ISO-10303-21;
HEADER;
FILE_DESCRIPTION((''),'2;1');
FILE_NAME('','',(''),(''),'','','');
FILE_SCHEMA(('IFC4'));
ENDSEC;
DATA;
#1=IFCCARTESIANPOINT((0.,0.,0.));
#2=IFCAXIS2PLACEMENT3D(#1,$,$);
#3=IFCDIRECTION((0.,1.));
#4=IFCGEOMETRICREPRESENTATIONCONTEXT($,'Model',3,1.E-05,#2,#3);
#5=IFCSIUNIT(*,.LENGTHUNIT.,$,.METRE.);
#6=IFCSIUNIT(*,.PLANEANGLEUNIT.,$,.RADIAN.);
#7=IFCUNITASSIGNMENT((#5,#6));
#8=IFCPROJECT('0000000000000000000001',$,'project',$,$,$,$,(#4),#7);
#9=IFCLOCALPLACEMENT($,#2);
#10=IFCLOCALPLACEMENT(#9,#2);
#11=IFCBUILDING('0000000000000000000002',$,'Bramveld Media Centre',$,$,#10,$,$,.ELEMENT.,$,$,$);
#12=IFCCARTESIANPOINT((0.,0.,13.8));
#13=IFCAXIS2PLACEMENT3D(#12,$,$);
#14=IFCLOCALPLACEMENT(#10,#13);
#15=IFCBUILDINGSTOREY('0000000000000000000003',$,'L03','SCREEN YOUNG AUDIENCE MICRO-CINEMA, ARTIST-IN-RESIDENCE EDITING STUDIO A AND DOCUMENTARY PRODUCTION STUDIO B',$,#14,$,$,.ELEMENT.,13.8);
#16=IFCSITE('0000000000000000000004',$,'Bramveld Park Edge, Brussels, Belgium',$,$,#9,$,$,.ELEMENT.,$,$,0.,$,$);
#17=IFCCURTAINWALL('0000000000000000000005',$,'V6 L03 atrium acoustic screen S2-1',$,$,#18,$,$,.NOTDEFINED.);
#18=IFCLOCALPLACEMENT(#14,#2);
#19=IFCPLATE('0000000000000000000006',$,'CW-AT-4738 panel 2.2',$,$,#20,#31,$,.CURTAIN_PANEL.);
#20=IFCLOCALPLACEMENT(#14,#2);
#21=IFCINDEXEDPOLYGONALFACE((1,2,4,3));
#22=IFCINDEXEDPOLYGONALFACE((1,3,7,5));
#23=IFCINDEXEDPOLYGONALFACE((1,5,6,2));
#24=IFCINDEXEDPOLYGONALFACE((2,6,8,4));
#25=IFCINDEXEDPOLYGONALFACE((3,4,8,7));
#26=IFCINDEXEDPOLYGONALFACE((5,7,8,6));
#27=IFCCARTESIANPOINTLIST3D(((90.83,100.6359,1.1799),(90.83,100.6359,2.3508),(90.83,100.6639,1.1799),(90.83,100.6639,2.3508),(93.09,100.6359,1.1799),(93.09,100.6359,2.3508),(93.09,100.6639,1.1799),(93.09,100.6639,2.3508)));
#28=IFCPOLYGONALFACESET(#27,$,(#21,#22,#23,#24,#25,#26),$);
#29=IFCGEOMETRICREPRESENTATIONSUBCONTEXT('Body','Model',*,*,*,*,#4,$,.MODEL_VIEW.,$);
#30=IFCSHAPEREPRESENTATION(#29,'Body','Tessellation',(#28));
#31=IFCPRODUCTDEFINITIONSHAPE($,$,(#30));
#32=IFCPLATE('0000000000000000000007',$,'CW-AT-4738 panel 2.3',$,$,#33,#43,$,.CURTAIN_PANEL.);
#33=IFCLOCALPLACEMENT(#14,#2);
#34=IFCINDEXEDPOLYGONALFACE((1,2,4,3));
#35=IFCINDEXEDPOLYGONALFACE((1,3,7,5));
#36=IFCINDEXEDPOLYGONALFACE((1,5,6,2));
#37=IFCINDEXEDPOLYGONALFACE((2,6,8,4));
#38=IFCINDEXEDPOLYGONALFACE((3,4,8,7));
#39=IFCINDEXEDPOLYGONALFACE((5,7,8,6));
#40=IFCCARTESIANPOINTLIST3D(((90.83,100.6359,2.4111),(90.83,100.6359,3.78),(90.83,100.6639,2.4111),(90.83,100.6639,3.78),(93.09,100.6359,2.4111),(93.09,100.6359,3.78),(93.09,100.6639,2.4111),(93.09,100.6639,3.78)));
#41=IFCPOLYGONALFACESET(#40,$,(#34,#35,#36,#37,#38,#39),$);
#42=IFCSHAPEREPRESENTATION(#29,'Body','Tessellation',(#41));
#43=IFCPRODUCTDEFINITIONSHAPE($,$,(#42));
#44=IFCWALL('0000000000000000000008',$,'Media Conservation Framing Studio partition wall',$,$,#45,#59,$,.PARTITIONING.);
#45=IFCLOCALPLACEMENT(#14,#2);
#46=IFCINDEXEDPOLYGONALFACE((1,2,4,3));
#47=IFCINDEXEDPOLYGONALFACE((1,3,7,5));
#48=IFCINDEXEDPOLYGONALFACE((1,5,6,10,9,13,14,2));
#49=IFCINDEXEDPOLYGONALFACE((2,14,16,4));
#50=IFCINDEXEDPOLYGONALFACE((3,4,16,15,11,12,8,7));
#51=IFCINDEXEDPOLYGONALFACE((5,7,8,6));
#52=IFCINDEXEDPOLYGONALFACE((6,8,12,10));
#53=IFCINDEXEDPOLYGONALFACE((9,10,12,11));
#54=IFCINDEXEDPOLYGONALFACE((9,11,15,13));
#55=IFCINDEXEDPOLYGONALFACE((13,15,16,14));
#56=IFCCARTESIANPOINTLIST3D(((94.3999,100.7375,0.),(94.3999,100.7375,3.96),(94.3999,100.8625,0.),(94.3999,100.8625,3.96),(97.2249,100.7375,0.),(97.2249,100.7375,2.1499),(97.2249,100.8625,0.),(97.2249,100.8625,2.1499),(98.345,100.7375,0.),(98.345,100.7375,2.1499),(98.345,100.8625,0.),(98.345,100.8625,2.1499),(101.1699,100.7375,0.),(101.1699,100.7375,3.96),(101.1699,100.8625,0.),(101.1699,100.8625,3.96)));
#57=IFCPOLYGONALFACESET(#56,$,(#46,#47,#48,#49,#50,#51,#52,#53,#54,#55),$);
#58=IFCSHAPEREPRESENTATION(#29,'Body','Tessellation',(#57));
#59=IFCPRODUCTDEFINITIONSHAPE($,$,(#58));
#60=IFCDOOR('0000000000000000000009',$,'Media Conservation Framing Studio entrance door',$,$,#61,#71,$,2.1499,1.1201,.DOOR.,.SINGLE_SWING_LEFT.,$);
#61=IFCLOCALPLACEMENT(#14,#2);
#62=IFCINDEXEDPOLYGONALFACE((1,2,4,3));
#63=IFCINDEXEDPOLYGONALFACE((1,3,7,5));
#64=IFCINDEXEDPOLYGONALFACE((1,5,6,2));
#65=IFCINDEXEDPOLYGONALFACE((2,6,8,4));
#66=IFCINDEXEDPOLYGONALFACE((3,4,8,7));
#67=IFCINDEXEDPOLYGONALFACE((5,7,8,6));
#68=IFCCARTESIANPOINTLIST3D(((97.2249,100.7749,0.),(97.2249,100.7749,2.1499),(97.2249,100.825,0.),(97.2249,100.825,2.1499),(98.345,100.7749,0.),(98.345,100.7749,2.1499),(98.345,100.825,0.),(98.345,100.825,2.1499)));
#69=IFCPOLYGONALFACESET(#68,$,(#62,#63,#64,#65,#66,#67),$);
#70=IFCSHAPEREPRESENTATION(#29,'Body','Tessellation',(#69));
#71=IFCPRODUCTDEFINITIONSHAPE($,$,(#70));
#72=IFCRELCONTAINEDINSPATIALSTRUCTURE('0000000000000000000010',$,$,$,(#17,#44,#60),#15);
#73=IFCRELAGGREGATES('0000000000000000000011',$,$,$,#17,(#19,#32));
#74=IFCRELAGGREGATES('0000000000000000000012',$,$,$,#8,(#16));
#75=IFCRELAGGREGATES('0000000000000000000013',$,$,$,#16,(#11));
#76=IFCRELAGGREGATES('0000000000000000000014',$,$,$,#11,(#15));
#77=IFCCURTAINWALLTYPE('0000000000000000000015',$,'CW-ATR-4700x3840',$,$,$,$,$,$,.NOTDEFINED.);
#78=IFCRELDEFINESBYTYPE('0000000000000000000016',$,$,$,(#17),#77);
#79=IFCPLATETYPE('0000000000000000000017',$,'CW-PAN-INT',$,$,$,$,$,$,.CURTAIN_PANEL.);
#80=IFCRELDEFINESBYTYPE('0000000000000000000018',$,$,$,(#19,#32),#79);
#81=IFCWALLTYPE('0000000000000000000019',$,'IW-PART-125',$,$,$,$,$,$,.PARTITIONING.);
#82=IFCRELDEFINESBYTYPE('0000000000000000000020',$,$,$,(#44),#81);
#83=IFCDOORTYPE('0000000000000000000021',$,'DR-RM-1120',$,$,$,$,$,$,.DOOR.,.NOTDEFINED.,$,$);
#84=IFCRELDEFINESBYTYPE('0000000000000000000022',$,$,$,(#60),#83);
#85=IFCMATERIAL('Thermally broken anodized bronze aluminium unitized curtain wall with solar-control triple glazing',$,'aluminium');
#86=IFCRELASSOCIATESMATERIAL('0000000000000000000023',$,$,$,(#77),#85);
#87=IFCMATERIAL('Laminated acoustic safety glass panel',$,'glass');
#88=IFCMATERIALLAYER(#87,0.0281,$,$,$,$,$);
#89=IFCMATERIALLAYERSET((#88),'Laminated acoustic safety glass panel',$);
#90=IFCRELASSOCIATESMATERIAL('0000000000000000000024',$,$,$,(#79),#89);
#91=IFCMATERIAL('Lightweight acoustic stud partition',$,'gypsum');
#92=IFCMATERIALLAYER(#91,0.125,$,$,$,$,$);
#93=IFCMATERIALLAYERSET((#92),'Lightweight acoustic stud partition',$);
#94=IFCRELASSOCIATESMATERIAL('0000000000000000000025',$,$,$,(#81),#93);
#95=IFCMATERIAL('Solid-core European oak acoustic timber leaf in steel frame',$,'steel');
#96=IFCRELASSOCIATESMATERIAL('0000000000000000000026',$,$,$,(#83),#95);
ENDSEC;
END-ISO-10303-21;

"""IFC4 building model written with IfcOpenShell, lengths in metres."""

from ifc_helpers import new_model, si_unit, direction, frame, frame_2d, origin, origin_2d, place, context, subcontext, project, spatial, rectangle, extrude, material, layer, layer_set, type_object, element, fill, aggregate, save


model = new_model("IFC4")

# Units and contexts
model_context = context("Model", 3, precision=1e-05, world=origin(), true_north=direction((0.0, 1.0)))
body_context = subcontext(model_context, "Body", "Model", "MODEL_VIEW")
ifc_project = project(units=[si_unit("LENGTHUNIT", "METRE"), si_unit("PLANEANGLEUNIT", "RADIAN")], contexts=[model_context])

# Site, building, storey
site_placement = place(None, origin())
site = spatial("IfcSite", under=ifc_project, at=site_placement, Name="Bramveld Park Edge, Brussels, Belgium", CompositionType="ELEMENT", RefElevation=0.0)
building_placement = place(site_placement, origin())
building = spatial("IfcBuilding", under=site, at=building_placement, Name="Bramveld Media Centre", CompositionType="ELEMENT")
storey_placement = place(building_placement, frame((0.0, 0.0, 13.8)))
storey = spatial("IfcBuildingStorey", under=building, at=storey_placement, Name="L03", Description="SCREEN YOUNG AUDIENCE MICRO-CINEMA, ARTIST-IN-RESIDENCE EDITING STUDIO A AND DOCUMENTARY PRODUCTION STUDIO B", CompositionType="ELEMENT", Elevation=13.8)

# Shared definitions
ifc_material_1 = material(Name="Thermally broken anodized bronze aluminium unitized curtain wall with solar-control triple glazing", Category="aluminium")
curtain_wall_type = type_object("IfcCurtainWallType", Name="CW-ATR-4700x3840", PredefinedType="NOTDEFINED", material=ifc_material_1)

# Curtain wall, plates
curtain_wall_1_placement = place(storey_placement, origin())
curtain_wall_1 = element("IfcCurtainWall", 1, at=curtain_wall_1_placement, inside=storey, type_object=curtain_wall_type, Name="V6 L03 atrium acoustic screen S2-1", PredefinedType="NOTDEFINED")
ifc_material_2 = material(Name="Laminated acoustic safety glass panel", Category="glass")
ifc_layer_1 = layer(ifc_material_2, 0.0281)
ifc_layer_set_1 = layer_set([ifc_layer_1], Name="Laminated acoustic safety glass panel")
plate_type = type_object("IfcPlateType", Name="CW-PAN-INT", PredefinedType="CURTAIN_PANEL", material=ifc_layer_set_1)
plate_1_placement = place(storey_placement, frame((91.96, 100.6499, 1.1799), z_axis=(0.0, 0.0, 1.0), x_axis=(1.0, 0.0, 0.0)))
plate_1 = element("IfcPlate", 2, at=plate_1_placement, type_object=plate_type, Name="CW-AT-4738 panel 2.2", PredefinedType="CURTAIN_PANEL", context=body_context, shape_type="SweptSolid", body=[
    extrude(rectangle(XDim=2.26, YDim=0.0281, at=origin_2d()), origin(), (0.0, 0.0, 1.0), 1.1709),
])
plate_2_placement = place(storey_placement, frame((91.96, 100.6499, 2.4111), z_axis=(0.0, 0.0, 1.0), x_axis=(1.0, 0.0, 0.0)))
plate_2 = element("IfcPlate", 3, at=plate_2_placement, type_object=plate_type, Name="CW-AT-4738 panel 2.3", PredefinedType="CURTAIN_PANEL", context=body_context, shape_type="SweptSolid", body=[
    extrude(rectangle(XDim=2.26, YDim=0.0281, at=origin_2d()), origin(), (0.0, 0.0, 1.0), 1.3689),
])
aggregate(curtain_wall_1, [plate_1, plate_2])

# Wall, opening, door
ifc_material_3 = material(Name="Lightweight acoustic stud partition", Category="gypsum")
ifc_layer_2 = layer(ifc_material_3, 0.125)
ifc_layer_set_2 = layer_set([ifc_layer_2], Name="Lightweight acoustic stud partition")
wall_type = type_object("IfcWallType", Name="IW-PART-125", PredefinedType="PARTITIONING", material=ifc_layer_set_2)
wall_placement = place(storey_placement, frame((94.3999, 100.8, 0.0), z_axis=(0.0, 0.0, 1.0), x_axis=(1.0, 0.0, 0.0)))
wall = element("IfcWall", 4, at=wall_placement, inside=storey, type_object=wall_type, Name="Media Conservation Framing Studio partition wall", PredefinedType="PARTITIONING", context=body_context, shape_type="SweptSolid", body=[
    extrude(rectangle(XDim=6.77, YDim=0.125, at=frame_2d((3.385, 0.0))), origin(), (0.0, 0.0, 1.0), 3.96),
])
opening_placement = place(wall_placement, frame((2.825, 0.0, 0.0)))
opening = element("IfcOpeningElement", 5, at=opening_placement, cuts=wall, PredefinedType="OPENING", context=body_context, shape_type="SweptSolid", body=[
    extrude(rectangle(XDim=1.1201, YDim=2.1499, at=frame_2d((0.5601, 1.075))), frame((0.0, 0.0745, 0.0), z_axis=(0.0, -1.0, 0.0), x_axis=(1.0, 0.0, 0.0)), (0.0, 0.0, 1.0), 0.1489),
])
ifc_material_4 = material(Name="Solid-core European oak acoustic timber leaf in steel frame", Category="steel")
door_type = type_object("IfcDoorType", Name="DR-RM-1120", OperationType="NOTDEFINED", PredefinedType="DOOR", material=ifc_material_4)
door_placement = place(opening_placement, origin())
door = element("IfcDoor", 6, at=door_placement, inside=storey, type_object=door_type, Name="Media Conservation Framing Studio entrance door", OperationType="SINGLE_SWING_LEFT", OverallHeight=2.1499, OverallWidth=1.1201, PredefinedType="DOOR", context=body_context, shape_type="SweptSolid", body=[
    extrude(rectangle(XDim=1.1201, YDim=2.1499, at=frame_2d((0.5601, 1.075))), frame((0.0, 0.0249, 0.0), z_axis=(0.0, -1.0, 0.0), x_axis=(1.0, 0.0, 0.0)), (0.0, 0.0, 1.0), 0.05),
])
fill(opening, door)

save(model, "model.ifc")
